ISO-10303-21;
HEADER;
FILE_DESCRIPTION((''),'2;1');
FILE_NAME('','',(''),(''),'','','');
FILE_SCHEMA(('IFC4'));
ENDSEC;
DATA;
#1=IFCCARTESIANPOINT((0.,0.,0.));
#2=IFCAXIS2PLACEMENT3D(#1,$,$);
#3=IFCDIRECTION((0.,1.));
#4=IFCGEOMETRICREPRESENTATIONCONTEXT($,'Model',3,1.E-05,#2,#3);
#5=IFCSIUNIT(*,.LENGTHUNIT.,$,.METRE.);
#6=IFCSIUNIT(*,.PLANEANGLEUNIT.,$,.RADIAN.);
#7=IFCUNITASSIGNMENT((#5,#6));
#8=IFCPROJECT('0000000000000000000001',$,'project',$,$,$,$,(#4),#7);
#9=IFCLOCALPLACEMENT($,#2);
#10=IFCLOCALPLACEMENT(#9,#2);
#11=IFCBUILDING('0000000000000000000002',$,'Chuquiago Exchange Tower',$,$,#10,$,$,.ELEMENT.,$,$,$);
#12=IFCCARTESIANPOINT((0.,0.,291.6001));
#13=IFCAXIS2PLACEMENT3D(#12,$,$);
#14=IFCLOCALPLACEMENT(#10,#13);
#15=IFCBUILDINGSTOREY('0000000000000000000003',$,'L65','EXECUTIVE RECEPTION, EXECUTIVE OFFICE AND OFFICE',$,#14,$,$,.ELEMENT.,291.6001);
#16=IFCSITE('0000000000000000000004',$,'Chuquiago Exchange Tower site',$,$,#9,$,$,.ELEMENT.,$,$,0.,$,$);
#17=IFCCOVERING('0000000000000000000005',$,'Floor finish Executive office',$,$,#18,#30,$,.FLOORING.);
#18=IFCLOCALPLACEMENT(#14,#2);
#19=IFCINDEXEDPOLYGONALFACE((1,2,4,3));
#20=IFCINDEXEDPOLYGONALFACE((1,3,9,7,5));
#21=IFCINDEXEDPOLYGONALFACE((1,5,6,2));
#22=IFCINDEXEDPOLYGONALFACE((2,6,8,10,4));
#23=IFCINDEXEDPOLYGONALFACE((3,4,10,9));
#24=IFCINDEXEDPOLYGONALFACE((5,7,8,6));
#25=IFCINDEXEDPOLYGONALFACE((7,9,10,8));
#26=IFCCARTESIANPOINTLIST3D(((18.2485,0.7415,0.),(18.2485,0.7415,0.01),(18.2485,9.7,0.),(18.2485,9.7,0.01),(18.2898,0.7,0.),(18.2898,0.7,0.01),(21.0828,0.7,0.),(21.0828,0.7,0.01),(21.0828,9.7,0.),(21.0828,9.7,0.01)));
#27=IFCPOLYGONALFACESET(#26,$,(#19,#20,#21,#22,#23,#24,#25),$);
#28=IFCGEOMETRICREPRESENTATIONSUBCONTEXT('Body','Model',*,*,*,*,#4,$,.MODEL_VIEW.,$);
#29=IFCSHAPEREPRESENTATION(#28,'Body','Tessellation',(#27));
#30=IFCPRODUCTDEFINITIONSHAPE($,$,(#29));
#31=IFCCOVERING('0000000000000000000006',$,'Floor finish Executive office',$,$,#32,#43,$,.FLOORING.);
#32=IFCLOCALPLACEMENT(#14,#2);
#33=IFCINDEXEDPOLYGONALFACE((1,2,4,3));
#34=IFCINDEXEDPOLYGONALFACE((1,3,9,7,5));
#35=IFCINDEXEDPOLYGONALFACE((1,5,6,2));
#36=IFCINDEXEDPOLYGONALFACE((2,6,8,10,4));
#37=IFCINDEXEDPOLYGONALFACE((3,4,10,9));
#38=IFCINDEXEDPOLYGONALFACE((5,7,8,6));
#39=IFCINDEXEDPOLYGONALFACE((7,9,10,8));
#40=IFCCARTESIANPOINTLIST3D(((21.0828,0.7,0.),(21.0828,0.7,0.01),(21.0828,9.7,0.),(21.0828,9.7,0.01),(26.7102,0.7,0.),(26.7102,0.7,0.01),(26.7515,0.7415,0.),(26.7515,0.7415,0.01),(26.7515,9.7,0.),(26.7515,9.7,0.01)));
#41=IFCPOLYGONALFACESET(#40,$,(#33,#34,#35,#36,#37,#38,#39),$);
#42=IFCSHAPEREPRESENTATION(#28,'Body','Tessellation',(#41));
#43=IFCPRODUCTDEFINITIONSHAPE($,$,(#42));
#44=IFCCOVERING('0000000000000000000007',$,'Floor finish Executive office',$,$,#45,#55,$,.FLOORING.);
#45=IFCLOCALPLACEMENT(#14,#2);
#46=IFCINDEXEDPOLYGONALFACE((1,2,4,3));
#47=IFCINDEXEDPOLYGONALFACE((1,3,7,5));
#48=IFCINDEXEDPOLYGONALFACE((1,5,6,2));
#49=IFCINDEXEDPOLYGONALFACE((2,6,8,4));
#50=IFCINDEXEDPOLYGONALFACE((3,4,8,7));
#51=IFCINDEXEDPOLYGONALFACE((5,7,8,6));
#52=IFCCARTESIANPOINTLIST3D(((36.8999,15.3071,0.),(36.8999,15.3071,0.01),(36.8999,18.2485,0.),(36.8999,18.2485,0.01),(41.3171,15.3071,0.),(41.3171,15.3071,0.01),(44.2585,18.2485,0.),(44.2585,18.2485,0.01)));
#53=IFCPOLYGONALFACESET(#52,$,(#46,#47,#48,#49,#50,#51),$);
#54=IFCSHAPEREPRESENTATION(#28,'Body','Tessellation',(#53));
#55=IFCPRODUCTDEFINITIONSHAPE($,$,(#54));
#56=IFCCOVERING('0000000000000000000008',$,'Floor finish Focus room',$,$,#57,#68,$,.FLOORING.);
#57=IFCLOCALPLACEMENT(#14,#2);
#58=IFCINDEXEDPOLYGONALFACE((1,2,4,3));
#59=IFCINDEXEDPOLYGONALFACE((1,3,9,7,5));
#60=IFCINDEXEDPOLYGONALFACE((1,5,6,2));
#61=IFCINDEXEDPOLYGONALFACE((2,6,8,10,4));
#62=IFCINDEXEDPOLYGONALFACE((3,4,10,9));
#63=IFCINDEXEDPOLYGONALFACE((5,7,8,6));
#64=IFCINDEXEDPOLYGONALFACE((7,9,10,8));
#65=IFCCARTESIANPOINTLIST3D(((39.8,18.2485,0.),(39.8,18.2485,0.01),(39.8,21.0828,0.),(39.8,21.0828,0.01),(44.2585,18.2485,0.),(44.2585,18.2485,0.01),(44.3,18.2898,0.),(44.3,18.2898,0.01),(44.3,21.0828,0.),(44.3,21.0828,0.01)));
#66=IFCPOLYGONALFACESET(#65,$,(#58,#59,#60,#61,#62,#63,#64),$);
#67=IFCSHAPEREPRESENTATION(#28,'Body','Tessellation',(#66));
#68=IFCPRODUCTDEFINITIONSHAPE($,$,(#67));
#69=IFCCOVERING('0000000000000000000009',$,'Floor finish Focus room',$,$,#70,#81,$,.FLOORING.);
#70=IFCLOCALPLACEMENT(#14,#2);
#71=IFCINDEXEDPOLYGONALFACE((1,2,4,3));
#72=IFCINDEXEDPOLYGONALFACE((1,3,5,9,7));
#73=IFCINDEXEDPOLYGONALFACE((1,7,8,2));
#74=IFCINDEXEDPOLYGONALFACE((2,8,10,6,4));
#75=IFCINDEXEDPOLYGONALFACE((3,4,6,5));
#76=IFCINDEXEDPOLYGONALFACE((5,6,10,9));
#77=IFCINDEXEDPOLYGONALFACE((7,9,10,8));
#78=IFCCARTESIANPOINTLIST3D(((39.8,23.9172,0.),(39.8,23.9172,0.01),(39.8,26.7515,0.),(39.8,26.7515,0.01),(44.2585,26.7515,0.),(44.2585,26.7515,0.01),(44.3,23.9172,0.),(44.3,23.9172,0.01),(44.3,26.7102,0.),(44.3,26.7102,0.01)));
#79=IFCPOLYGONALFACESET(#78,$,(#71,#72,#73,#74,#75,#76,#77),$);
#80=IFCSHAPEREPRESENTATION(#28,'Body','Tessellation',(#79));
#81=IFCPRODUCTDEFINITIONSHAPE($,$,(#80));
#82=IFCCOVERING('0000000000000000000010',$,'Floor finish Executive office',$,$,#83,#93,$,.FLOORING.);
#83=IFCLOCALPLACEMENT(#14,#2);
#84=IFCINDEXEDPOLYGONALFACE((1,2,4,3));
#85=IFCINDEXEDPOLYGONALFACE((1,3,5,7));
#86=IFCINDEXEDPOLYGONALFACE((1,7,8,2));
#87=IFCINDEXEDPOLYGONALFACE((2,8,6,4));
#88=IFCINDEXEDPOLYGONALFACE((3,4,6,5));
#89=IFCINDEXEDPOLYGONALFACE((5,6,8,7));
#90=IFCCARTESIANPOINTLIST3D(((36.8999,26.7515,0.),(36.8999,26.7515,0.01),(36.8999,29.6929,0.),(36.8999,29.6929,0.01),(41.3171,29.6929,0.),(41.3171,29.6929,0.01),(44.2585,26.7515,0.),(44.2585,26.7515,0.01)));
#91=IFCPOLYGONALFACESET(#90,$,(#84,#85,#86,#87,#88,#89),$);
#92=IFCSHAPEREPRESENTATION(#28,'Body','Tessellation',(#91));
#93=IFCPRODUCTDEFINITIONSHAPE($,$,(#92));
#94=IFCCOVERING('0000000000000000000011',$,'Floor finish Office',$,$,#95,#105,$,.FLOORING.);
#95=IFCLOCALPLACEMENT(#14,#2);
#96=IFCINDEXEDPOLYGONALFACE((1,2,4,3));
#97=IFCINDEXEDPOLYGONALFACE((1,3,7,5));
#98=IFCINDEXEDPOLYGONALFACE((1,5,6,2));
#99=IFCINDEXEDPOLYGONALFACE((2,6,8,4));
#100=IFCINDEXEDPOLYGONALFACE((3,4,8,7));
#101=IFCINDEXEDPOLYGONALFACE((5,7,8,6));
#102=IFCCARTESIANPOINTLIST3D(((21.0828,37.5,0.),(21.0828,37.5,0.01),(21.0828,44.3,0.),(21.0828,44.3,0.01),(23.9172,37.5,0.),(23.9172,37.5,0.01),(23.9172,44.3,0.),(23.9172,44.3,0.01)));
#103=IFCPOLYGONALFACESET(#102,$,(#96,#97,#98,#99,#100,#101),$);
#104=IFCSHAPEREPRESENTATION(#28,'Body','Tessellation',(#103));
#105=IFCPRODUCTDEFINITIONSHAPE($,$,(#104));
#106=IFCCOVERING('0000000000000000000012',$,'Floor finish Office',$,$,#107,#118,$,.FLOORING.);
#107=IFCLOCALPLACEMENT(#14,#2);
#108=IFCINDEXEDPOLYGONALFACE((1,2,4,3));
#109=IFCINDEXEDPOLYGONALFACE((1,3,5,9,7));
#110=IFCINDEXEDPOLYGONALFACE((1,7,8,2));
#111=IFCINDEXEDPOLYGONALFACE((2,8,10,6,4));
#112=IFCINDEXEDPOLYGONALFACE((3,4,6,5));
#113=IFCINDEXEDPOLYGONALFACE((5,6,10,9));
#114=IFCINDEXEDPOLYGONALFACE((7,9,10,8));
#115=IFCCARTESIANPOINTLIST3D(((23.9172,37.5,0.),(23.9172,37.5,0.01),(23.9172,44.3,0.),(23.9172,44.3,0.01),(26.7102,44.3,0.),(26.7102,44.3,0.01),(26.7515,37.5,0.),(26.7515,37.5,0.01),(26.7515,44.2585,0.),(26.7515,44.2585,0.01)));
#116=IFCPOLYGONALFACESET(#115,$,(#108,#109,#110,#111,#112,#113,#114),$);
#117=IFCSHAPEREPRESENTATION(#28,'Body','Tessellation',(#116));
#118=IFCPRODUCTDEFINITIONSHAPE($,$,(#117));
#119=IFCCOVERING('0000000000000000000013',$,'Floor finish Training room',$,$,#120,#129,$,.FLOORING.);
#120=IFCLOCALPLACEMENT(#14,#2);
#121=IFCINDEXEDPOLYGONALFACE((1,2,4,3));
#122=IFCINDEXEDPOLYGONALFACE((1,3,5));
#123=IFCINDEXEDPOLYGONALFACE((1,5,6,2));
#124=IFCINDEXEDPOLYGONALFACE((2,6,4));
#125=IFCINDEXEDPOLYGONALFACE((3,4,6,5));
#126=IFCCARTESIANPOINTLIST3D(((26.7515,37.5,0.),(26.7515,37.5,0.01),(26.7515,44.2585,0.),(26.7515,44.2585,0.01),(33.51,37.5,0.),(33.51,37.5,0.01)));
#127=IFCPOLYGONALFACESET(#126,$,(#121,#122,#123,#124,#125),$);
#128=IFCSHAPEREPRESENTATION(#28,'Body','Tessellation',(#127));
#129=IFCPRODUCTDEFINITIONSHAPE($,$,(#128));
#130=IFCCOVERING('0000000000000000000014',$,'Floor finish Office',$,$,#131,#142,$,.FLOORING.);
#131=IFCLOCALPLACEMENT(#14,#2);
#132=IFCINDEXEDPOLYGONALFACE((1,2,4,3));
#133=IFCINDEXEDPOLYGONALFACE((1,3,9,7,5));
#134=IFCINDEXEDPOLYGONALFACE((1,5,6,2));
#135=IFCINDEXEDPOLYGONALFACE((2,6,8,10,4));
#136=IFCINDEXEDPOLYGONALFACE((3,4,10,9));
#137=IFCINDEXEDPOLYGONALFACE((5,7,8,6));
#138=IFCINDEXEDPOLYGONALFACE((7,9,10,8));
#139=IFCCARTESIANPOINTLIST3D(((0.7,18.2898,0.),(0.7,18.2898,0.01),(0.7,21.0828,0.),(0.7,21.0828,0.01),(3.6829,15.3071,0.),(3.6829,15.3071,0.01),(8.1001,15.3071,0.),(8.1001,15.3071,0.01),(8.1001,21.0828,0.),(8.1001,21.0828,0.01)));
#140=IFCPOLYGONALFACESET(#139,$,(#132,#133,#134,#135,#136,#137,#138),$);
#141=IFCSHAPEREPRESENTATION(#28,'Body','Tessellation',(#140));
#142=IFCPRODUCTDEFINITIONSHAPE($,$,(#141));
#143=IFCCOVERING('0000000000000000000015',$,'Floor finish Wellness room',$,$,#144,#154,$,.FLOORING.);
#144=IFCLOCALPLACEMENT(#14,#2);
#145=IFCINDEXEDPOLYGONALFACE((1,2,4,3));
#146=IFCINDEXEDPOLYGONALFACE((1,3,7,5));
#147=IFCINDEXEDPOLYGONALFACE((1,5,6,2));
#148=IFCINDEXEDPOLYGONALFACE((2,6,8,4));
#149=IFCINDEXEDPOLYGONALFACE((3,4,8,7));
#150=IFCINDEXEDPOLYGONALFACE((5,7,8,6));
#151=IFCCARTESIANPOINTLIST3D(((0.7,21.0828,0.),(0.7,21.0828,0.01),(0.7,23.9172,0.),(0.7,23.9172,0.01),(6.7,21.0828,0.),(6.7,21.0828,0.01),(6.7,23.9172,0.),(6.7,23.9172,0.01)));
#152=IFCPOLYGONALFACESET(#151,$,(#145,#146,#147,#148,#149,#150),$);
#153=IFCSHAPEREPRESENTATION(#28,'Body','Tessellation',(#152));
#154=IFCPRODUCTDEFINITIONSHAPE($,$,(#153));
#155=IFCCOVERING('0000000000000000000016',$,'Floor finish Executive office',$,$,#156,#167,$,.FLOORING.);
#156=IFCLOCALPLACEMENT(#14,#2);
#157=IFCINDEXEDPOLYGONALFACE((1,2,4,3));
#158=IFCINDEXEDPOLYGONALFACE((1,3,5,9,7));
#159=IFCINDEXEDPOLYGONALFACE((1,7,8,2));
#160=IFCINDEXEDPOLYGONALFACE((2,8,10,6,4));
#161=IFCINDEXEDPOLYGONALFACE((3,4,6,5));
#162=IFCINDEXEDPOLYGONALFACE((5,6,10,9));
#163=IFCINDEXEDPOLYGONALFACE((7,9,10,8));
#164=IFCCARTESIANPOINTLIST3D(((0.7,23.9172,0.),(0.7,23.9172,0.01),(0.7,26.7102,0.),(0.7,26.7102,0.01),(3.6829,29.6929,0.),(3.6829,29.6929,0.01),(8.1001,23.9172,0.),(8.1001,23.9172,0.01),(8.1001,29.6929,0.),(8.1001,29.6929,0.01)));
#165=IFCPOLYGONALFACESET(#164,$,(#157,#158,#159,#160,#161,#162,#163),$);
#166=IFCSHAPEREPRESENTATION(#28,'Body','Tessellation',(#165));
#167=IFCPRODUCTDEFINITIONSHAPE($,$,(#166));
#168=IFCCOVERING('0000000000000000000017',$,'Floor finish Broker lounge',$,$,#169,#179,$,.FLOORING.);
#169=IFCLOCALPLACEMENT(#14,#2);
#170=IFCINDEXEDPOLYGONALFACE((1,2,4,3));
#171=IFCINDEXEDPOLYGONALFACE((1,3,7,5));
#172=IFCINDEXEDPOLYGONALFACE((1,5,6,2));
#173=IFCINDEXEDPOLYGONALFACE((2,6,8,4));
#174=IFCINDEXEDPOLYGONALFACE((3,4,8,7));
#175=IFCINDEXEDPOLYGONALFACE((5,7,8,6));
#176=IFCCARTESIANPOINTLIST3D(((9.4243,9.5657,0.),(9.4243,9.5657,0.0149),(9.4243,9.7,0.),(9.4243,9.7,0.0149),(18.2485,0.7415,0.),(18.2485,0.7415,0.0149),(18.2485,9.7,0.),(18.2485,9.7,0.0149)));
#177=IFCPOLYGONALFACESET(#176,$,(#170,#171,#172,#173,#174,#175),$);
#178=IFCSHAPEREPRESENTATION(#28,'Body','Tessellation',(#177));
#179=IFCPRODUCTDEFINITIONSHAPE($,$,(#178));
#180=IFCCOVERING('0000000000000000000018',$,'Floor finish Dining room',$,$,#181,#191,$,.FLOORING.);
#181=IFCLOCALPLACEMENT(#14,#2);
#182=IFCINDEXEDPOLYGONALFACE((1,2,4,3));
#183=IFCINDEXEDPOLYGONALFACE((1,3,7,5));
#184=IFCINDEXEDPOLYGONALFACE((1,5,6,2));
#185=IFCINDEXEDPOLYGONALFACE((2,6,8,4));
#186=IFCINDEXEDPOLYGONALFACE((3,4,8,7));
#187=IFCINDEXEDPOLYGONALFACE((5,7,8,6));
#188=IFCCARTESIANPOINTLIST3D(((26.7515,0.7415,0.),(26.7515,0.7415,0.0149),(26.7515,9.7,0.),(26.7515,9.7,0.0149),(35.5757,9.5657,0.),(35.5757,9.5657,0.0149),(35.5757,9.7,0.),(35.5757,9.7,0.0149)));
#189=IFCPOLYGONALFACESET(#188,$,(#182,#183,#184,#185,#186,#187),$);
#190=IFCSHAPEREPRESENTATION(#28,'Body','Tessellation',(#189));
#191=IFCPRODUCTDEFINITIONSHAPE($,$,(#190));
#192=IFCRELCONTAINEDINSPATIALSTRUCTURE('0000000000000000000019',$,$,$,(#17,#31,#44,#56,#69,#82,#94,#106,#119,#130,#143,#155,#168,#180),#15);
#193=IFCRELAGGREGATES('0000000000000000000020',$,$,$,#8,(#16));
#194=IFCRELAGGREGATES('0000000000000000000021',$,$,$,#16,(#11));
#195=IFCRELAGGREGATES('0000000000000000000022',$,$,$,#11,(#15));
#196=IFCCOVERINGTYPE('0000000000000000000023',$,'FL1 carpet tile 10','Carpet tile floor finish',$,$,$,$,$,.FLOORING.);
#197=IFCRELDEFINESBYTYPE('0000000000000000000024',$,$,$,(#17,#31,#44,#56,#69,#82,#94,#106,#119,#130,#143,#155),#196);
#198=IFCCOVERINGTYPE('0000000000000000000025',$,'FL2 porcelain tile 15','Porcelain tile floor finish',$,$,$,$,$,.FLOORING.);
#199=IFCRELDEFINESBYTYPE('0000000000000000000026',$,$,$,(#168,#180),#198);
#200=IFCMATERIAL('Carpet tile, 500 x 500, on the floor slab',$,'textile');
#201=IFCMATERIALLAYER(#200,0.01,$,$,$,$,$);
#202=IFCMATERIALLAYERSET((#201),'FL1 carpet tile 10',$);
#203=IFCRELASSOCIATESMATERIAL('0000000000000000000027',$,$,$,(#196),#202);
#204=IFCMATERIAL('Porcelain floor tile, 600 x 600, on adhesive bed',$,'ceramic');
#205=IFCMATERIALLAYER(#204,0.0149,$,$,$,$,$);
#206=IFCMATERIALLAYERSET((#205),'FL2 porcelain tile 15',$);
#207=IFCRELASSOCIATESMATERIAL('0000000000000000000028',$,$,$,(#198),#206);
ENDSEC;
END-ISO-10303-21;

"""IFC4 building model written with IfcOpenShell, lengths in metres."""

from ifc_helpers import new_model, si_unit, direction, frame, origin, place, context, subcontext, project, spatial, polyline, outline, extrude, material, layer, layer_set, type_object, element, save


model = new_model("IFC4")

# Units and contexts
model_context = context("Model", 3, precision=1e-05, world=origin(), true_north=direction((0.0, 1.0)))
body_context = subcontext(model_context, "Body", "Model", "MODEL_VIEW")
ifc_project = project(units=[si_unit("LENGTHUNIT", "METRE"), si_unit("PLANEANGLEUNIT", "RADIAN")], contexts=[model_context])

# Site, building, storey
site_placement = place(None, origin())
site = spatial("IfcSite", under=ifc_project, at=site_placement, Name="Chuquiago Exchange Tower site", CompositionType="ELEMENT", RefElevation=0.0)
building_placement = place(site_placement, origin())
building = spatial("IfcBuilding", under=site, at=building_placement, Name="Chuquiago Exchange Tower", CompositionType="ELEMENT")
storey_placement = place(building_placement, frame((0.0, 0.0, 291.6001)))
storey = spatial("IfcBuildingStorey", under=building, at=storey_placement, Name="L65", Description="EXECUTIVE RECEPTION, EXECUTIVE OFFICE AND OFFICE", CompositionType="ELEMENT", Elevation=291.6001)

# Coverings
ifc_material_1 = material(Name="Carpet tile, 500 x 500, on the floor slab", Category="textile")
ifc_layer_1 = layer(ifc_material_1, 0.01)
ifc_layer_set_1 = layer_set([ifc_layer_1], Name="FL1 carpet tile 10")
covering_type_1 = type_object("IfcCoveringType", Name="FL1 carpet tile 10", Description="Carpet tile floor finish", PredefinedType="FLOORING", material=ifc_layer_set_1)
covering_1_placement = place(storey_placement, origin())
element("IfcCovering", 1, at=covering_1_placement, inside=storey, type_object=covering_type_1, Name="Floor finish Executive office", PredefinedType="FLOORING", context=body_context, shape_type="SweptSolid", body=[
    extrude(outline(polyline([(18.2898, 0.7), (18.2485, 0.7415), (18.2485, 9.7), (21.0828, 9.7), (21.0828, 0.7), (18.2898, 0.7)])), origin(), (0.0, 0.0, 1.0), 0.01),
])
covering_2_placement = place(storey_placement, origin())
element("IfcCovering", 2, at=covering_2_placement, inside=storey, type_object=covering_type_1, Name="Floor finish Executive office", PredefinedType="FLOORING", context=body_context, shape_type="SweptSolid", body=[
    extrude(outline(polyline([(26.7102, 0.7), (21.0828, 0.7), (21.0828, 9.7), (26.7515, 9.7), (26.7515, 0.7415), (26.7102, 0.7)])), origin(), (0.0, 0.0, 1.0), 0.01),
])
covering_3_placement = place(storey_placement, origin())
element("IfcCovering", 3, at=covering_3_placement, inside=storey, type_object=covering_type_1, Name="Floor finish Executive office", PredefinedType="FLOORING", context=body_context, shape_type="SweptSolid", body=[
    extrude(outline(polyline([(41.3171, 15.3071), (36.8999, 15.3071), (36.8999, 18.2485), (44.2585, 18.2485), (41.3171, 15.3071)])), origin(), (0.0, 0.0, 1.0), 0.01),
])
covering_4_placement = place(storey_placement, origin())
element("IfcCovering", 4, at=covering_4_placement, inside=storey, type_object=covering_type_1, Name="Floor finish Focus room", PredefinedType="FLOORING", context=body_context, shape_type="SweptSolid", body=[
    extrude(outline(polyline([(44.3, 18.2898), (44.2585, 18.2485), (39.8, 18.2485), (39.8, 21.0828), (44.3, 21.0828), (44.3, 18.2898)])), origin(), (0.0, 0.0, 1.0), 0.01),
])
covering_5_placement = place(storey_placement, origin())
element("IfcCovering", 5, at=covering_5_placement, inside=storey, type_object=covering_type_1, Name="Floor finish Focus room", PredefinedType="FLOORING", context=body_context, shape_type="SweptSolid", body=[
    extrude(outline(polyline([(44.3, 26.7102), (44.3, 23.9172), (39.8, 23.9172), (39.8, 26.7515), (44.2585, 26.7515), (44.3, 26.7102)])), origin(), (0.0, 0.0, 1.0), 0.01),
])
covering_6_placement = place(storey_placement, origin())
element("IfcCovering", 6, at=covering_6_placement, inside=storey, type_object=covering_type_1, Name="Floor finish Executive office", PredefinedType="FLOORING", context=body_context, shape_type="SweptSolid", body=[
    extrude(outline(polyline([(44.2585, 26.7515), (36.8999, 26.7515), (36.8999, 29.6929), (41.3171, 29.6929), (44.2585, 26.7515)])), origin(), (0.0, 0.0, 1.0), 0.01),
])
covering_7_placement = place(storey_placement, origin())
element("IfcCovering", 7, at=covering_7_placement, inside=storey, type_object=covering_type_1, Name="Floor finish Office", PredefinedType="FLOORING", context=body_context, shape_type="SweptSolid", body=[
    extrude(outline(polyline([(23.9172, 44.3), (23.9172, 37.5), (21.0828, 37.5), (21.0828, 44.3), (23.9172, 44.3)])), origin(), (0.0, 0.0, 1.0), 0.01),
])
covering_8_placement = place(storey_placement, origin())
element("IfcCovering", 8, at=covering_8_placement, inside=storey, type_object=covering_type_1, Name="Floor finish Office", PredefinedType="FLOORING", context=body_context, shape_type="SweptSolid", body=[
    extrude(outline(polyline([(26.7102, 44.3), (26.7515, 44.2585), (26.7515, 37.5), (23.9172, 37.5), (23.9172, 44.3), (26.7102, 44.3)])), origin(), (0.0, 0.0, 1.0), 0.01),
])
covering_9_placement = place(storey_placement, origin())
element("IfcCovering", 9, at=covering_9_placement, inside=storey, type_object=covering_type_1, Name="Floor finish Training room", PredefinedType="FLOORING", context=body_context, shape_type="SweptSolid", body=[
    extrude(outline(polyline([(33.51, 37.5), (26.7515, 37.5), (26.7515, 44.2585), (33.51, 37.5)])), origin(), (0.0, 0.0, 1.0), 0.01),
])
covering_10_placement = place(storey_placement, origin())
element("IfcCovering", 10, at=covering_10_placement, inside=storey, type_object=covering_type_1, Name="Floor finish Office", PredefinedType="FLOORING", context=body_context, shape_type="SweptSolid", body=[
    extrude(outline(polyline([(0.7, 21.0828), (8.1001, 21.0828), (8.1001, 15.3071), (3.6829, 15.3071), (0.7, 18.2898), (0.7, 21.0828)])), origin(), (0.0, 0.0, 1.0), 0.01),
])
covering_11_placement = place(storey_placement, origin())
element("IfcCovering", 11, at=covering_11_placement, inside=storey, type_object=covering_type_1, Name="Floor finish Wellness room", PredefinedType="FLOORING", context=body_context, shape_type="SweptSolid", body=[
    extrude(outline(polyline([(0.7, 23.9172), (6.7, 23.9172), (6.7, 21.0828), (0.7, 21.0828), (0.7, 23.9172)])), origin(), (0.0, 0.0, 1.0), 0.01),
])
covering_12_placement = place(storey_placement, origin())
element("IfcCovering", 12, at=covering_12_placement, inside=storey, type_object=covering_type_1, Name="Floor finish Executive office", PredefinedType="FLOORING", context=body_context, shape_type="SweptSolid", body=[
    extrude(outline(polyline([(0.7, 26.7102), (3.6829, 29.6929), (8.1001, 29.6929), (8.1001, 23.9172), (0.7, 23.9172), (0.7, 26.7102)])), origin(), (0.0, 0.0, 1.0), 0.01),
])
ifc_material_2 = material(Name="Porcelain floor tile, 600 x 600, on adhesive bed", Category="ceramic")
ifc_layer_2 = layer(ifc_material_2, 0.0149)
ifc_layer_set_2 = layer_set([ifc_layer_2], Name="FL2 porcelain tile 15")
covering_type_2 = type_object("IfcCoveringType", Name="FL2 porcelain tile 15", Description="Porcelain tile floor finish", PredefinedType="FLOORING", material=ifc_layer_set_2)
covering_13_placement = place(storey_placement, origin())
element("IfcCovering", 13, at=covering_13_placement, inside=storey, type_object=covering_type_2, Name="Floor finish Broker lounge", PredefinedType="FLOORING", context=body_context, shape_type="SweptSolid", body=[
    extrude(outline(polyline([(9.4243, 9.5657), (9.4243, 9.7), (18.2485, 9.7), (18.2485, 0.7415), (9.4243, 9.5657)])), origin(), (0.0, 0.0, 1.0), 0.0149),
])
covering_14_placement = place(storey_placement, origin())
element("IfcCovering", 14, at=covering_14_placement, inside=storey, type_object=covering_type_2, Name="Floor finish Dining room", PredefinedType="FLOORING", context=body_context, shape_type="SweptSolid", body=[
    extrude(outline(polyline([(26.7515, 0.7415), (26.7515, 9.7), (35.5757, 9.7), (35.5757, 9.5657), (26.7515, 0.7415)])), origin(), (0.0, 0.0, 1.0), 0.0149),
])

save(model, "model.ifc")
